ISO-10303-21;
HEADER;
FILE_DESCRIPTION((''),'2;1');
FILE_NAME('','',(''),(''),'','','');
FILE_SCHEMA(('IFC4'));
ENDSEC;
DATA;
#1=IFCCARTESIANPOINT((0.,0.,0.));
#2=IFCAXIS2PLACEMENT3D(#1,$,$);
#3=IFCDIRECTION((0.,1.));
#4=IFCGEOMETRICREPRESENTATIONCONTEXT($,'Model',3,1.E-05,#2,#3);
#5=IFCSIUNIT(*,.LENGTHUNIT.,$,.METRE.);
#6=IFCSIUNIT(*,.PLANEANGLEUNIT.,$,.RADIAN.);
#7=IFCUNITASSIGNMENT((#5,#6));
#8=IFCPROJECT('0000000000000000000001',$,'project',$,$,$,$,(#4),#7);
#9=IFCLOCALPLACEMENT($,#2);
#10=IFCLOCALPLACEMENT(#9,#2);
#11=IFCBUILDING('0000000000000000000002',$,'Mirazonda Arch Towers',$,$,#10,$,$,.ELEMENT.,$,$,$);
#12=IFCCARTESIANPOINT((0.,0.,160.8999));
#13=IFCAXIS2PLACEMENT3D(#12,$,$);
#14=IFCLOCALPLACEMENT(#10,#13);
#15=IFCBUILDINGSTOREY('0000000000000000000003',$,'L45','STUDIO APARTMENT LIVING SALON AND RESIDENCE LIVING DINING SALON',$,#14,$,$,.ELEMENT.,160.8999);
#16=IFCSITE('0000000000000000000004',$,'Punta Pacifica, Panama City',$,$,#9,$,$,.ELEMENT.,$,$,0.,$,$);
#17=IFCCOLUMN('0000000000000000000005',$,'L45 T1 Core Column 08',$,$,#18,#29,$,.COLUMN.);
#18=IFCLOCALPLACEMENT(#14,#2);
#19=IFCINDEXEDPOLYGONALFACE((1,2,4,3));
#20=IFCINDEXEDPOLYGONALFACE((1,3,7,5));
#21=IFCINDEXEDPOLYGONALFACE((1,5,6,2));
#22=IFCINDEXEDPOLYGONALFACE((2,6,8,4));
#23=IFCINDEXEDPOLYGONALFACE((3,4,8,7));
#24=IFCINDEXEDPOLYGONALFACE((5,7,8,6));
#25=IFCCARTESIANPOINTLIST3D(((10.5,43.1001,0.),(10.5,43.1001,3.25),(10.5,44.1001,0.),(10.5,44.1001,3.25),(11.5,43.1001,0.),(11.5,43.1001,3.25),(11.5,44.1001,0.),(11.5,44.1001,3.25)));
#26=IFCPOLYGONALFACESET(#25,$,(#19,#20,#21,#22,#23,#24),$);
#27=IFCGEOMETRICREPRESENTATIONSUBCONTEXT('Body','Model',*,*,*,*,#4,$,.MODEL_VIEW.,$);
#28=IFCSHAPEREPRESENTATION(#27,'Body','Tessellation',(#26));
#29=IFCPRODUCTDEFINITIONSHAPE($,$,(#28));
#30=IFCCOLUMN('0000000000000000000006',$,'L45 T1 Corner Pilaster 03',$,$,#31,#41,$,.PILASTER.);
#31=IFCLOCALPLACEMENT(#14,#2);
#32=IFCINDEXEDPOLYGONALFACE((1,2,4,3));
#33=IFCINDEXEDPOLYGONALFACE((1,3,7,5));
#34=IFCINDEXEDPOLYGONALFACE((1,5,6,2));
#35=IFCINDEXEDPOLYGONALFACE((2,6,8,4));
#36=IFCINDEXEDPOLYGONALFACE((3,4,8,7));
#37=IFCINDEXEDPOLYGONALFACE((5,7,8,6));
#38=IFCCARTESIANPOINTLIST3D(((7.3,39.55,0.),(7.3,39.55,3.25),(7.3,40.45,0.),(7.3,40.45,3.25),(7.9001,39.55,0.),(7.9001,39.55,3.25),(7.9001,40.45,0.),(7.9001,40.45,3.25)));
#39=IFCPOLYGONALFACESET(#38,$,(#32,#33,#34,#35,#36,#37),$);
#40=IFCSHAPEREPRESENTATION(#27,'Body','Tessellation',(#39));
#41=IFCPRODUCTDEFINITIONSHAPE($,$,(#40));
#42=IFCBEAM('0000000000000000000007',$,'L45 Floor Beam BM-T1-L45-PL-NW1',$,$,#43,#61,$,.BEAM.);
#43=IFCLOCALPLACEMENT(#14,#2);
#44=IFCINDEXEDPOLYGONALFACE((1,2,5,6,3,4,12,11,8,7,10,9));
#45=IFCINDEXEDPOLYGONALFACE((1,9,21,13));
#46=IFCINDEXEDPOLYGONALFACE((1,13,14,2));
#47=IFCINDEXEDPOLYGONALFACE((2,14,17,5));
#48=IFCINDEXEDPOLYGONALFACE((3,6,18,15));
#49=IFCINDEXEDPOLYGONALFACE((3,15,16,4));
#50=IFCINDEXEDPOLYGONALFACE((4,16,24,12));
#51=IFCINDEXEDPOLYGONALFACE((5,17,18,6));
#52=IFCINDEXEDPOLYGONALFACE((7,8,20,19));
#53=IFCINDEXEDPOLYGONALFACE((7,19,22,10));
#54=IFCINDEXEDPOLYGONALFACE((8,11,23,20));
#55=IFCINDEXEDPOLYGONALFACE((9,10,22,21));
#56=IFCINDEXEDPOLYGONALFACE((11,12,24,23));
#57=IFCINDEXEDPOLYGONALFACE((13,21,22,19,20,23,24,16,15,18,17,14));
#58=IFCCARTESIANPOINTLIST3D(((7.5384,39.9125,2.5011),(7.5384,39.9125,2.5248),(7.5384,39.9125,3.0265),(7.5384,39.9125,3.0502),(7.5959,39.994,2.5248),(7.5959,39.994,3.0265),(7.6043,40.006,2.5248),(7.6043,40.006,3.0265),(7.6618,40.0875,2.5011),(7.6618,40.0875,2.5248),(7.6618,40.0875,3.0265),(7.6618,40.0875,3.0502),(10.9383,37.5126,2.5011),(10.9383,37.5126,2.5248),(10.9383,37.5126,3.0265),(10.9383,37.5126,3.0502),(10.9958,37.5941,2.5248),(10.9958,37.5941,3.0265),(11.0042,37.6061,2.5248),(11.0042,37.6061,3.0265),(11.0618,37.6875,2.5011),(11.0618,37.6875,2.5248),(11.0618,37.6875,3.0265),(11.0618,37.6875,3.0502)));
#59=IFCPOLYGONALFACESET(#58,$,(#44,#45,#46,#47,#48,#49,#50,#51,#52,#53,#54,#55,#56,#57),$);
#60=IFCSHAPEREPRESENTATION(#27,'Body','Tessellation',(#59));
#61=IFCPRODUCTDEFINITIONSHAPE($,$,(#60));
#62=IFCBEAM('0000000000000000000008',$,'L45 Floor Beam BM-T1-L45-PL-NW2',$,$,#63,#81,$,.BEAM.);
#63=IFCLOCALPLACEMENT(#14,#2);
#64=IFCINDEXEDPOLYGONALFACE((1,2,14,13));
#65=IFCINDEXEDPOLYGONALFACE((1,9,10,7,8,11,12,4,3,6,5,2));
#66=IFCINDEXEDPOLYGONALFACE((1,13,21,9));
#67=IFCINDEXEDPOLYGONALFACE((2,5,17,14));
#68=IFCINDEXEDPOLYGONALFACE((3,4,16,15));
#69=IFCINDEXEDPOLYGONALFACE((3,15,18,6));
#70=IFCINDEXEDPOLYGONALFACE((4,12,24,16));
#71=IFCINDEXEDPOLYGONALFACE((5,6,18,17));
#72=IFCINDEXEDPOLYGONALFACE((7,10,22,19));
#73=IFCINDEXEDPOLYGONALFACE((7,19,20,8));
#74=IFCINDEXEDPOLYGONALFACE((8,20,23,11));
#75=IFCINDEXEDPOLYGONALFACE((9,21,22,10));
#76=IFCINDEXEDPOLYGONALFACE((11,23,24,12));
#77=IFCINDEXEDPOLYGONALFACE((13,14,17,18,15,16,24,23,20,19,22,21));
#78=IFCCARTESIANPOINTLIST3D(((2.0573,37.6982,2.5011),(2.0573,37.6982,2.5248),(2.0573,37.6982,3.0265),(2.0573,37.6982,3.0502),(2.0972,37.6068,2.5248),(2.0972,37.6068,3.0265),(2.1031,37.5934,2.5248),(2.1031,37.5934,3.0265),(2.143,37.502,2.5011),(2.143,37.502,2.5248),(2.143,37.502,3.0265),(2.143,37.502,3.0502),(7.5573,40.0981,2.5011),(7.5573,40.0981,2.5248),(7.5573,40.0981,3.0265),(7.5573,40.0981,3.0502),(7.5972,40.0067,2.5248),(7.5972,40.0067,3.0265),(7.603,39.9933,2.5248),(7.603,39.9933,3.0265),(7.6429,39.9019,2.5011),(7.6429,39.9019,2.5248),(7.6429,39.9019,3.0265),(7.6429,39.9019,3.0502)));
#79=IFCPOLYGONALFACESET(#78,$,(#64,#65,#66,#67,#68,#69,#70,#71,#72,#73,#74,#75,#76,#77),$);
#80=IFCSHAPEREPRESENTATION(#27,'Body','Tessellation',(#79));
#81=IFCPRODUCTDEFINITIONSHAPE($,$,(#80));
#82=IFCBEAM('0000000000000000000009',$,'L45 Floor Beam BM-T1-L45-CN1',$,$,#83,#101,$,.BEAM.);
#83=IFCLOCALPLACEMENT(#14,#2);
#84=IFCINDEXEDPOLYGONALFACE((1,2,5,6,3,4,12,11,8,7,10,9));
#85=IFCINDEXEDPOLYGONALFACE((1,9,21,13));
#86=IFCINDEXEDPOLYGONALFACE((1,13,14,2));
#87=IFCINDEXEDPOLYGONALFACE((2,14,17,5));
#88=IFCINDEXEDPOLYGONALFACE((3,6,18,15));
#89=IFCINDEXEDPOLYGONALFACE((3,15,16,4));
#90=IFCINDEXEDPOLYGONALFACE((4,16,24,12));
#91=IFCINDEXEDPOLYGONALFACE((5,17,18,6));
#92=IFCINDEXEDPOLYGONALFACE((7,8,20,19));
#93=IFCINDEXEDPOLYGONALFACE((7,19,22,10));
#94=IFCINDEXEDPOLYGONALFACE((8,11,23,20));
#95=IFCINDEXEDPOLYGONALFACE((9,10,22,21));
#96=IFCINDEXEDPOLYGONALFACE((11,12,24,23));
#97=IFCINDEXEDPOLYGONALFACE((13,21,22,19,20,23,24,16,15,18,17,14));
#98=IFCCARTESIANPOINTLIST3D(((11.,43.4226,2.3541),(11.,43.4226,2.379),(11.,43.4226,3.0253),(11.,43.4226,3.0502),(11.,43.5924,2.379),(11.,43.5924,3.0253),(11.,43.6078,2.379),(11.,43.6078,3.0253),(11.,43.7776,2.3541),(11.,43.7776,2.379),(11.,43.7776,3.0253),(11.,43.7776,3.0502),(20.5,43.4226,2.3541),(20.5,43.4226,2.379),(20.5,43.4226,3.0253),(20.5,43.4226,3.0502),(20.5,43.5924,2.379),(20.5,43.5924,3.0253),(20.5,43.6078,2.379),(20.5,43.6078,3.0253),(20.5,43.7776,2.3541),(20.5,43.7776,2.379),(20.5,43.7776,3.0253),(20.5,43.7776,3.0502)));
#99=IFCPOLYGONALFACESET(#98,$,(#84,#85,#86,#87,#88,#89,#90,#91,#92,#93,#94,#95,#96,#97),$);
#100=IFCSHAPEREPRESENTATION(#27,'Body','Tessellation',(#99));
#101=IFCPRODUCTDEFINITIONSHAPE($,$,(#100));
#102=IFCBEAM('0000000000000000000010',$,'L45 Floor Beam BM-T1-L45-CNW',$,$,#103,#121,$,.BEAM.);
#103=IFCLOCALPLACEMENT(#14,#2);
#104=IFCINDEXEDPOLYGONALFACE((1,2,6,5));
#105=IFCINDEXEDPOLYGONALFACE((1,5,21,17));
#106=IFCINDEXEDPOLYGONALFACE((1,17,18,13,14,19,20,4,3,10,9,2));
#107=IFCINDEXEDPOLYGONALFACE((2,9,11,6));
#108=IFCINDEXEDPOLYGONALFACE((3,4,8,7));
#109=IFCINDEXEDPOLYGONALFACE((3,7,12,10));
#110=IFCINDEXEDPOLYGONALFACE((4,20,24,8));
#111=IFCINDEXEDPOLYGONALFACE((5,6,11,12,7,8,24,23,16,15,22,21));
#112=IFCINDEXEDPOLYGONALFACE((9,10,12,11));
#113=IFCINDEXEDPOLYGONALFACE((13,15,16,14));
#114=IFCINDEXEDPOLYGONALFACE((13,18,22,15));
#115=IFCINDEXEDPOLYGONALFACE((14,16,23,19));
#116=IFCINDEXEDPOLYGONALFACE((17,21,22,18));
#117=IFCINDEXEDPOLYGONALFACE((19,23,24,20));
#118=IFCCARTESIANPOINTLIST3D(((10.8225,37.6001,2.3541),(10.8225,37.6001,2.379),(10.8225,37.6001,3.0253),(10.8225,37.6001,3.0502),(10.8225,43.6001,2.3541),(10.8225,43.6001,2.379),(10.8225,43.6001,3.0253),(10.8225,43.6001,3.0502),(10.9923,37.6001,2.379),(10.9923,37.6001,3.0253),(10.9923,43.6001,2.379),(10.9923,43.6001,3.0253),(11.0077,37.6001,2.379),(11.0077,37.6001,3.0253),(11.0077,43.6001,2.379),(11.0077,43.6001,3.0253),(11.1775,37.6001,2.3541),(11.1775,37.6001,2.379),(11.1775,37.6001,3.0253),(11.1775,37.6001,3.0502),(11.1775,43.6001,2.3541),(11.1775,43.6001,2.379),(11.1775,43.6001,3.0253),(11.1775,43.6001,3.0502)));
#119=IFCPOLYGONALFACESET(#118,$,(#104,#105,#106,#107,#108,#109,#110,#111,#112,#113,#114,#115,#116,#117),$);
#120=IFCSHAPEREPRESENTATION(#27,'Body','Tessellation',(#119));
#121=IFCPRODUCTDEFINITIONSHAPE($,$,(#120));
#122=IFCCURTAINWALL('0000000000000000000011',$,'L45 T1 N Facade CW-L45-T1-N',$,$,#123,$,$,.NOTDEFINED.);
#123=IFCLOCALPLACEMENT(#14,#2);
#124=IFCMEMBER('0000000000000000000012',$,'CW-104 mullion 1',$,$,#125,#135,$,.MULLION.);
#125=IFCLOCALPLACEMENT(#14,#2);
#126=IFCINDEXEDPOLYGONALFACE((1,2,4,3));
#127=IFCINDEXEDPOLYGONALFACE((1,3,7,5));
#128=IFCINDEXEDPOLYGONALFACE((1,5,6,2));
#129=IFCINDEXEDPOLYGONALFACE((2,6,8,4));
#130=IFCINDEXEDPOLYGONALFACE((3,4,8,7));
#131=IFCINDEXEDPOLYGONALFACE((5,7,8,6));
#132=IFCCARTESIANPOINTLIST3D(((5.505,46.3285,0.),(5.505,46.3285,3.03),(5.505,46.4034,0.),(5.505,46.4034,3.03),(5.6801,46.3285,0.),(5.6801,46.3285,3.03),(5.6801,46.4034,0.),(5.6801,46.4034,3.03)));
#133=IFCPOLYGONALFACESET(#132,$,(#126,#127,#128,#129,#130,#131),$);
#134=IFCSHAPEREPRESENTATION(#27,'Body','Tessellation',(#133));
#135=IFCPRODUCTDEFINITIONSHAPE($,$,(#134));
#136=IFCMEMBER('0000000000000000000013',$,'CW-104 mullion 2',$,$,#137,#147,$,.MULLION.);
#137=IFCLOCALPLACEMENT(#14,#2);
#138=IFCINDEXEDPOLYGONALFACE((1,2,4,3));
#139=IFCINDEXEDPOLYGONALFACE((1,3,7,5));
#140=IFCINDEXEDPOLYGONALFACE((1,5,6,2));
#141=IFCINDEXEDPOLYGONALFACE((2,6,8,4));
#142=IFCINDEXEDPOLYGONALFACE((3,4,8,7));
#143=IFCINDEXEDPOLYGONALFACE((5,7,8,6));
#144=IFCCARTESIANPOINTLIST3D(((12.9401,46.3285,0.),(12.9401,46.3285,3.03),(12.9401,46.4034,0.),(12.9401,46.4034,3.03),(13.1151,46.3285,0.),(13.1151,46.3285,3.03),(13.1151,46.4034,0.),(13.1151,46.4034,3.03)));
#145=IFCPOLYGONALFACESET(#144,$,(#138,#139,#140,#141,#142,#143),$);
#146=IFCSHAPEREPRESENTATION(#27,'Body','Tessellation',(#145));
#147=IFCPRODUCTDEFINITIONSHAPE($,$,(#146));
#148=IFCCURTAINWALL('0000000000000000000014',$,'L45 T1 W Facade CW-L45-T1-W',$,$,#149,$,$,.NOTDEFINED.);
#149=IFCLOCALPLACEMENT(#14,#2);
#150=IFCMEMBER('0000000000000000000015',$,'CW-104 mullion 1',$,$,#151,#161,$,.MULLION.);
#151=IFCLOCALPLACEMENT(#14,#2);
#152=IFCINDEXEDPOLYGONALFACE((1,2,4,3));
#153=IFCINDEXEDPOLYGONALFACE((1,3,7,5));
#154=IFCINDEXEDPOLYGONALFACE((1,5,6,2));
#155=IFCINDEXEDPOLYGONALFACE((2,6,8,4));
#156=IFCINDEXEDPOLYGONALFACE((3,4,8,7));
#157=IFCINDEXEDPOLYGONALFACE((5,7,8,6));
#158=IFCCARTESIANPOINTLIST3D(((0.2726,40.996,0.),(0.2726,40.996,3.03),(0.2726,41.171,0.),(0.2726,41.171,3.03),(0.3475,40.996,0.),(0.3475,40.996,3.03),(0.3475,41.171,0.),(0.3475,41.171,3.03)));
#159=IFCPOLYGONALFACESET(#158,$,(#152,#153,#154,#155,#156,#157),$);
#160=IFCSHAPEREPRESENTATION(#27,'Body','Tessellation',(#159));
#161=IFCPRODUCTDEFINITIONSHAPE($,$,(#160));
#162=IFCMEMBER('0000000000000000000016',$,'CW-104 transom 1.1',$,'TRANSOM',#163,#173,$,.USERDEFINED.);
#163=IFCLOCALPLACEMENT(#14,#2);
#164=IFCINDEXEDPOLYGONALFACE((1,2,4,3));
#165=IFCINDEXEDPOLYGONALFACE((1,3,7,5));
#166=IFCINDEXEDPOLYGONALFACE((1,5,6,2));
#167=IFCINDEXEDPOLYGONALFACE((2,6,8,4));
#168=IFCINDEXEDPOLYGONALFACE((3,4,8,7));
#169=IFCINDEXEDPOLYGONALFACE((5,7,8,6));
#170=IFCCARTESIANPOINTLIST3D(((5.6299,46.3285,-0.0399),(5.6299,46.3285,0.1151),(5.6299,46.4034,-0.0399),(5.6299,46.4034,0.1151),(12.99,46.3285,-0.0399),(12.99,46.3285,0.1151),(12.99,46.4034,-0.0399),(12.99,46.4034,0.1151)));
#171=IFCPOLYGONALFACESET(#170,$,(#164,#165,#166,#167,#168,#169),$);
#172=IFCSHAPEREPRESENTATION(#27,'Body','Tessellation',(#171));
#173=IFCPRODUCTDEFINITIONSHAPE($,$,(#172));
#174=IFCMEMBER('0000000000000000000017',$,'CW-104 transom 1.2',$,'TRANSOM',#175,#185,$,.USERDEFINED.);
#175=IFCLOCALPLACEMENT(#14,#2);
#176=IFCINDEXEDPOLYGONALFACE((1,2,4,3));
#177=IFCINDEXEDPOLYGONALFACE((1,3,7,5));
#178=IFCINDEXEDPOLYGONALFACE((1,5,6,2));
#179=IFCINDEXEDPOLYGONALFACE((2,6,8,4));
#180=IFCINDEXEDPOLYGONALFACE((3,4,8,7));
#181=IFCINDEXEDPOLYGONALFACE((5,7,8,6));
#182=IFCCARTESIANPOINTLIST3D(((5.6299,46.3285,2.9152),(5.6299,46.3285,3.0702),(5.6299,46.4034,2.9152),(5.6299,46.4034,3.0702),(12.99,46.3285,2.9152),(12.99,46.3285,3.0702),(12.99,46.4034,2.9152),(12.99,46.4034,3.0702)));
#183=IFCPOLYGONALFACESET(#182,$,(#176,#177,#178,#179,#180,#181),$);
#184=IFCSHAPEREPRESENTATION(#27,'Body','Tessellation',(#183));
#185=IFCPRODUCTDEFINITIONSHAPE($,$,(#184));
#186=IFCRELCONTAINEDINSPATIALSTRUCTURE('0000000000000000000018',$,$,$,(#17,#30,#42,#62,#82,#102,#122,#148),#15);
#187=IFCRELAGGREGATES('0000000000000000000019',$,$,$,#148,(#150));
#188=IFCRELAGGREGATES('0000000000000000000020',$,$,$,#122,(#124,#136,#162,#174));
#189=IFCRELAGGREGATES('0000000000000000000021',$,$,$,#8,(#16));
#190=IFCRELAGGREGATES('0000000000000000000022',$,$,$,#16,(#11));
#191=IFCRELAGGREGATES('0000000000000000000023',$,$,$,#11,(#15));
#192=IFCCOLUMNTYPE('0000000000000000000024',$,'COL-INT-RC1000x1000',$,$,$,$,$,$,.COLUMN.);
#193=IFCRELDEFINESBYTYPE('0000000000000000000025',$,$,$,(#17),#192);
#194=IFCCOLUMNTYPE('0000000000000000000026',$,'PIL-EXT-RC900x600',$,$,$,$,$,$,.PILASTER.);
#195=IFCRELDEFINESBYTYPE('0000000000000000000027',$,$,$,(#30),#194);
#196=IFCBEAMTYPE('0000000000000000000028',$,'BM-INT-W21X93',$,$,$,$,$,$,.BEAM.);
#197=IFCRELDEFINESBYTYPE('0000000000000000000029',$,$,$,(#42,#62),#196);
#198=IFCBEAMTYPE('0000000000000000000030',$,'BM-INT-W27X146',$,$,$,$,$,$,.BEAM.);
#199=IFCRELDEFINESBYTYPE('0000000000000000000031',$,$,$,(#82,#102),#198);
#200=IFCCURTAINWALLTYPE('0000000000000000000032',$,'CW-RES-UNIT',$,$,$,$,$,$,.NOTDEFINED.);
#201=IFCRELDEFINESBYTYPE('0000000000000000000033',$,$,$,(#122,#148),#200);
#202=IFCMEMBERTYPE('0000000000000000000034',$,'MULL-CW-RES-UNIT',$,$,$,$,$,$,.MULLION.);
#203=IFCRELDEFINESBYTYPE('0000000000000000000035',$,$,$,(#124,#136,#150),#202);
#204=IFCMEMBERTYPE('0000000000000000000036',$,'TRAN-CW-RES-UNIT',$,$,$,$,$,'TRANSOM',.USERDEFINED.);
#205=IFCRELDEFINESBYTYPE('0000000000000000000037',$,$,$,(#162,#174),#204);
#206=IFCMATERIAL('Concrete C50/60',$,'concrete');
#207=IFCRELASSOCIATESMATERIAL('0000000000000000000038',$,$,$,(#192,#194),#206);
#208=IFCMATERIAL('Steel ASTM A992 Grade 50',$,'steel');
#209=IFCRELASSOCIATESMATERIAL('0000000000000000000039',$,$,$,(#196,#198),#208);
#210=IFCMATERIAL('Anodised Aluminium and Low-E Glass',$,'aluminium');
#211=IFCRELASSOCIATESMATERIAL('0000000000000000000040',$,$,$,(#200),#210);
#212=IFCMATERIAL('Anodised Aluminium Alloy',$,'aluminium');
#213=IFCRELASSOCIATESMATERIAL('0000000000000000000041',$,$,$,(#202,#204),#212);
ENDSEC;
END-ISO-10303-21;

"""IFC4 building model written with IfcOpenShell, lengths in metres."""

from ifc_helpers import new_model, si_unit, direction, frame, origin, origin_2d, place, context, subcontext, project, spatial, rectangle, i_section, extrude, material, material_profile, profile_set, type_object, element, aggregate, save


model = new_model("IFC4")

# Units and contexts
model_context = context("Model", 3, precision=1e-05, world=origin(), true_north=direction((0.0, 1.0)))
body_context = subcontext(model_context, "Body", "Model", "MODEL_VIEW")
ifc_project = project(units=[si_unit("LENGTHUNIT", "METRE"), si_unit("PLANEANGLEUNIT", "RADIAN")], contexts=[model_context])

# Site, building, storey
site_placement = place(None, origin())
site = spatial("IfcSite", under=ifc_project, at=site_placement, Name="Punta Pacifica, Panama City", CompositionType="ELEMENT", RefElevation=0.0)
building_placement = place(site_placement, origin())
building = spatial("IfcBuilding", under=site, at=building_placement, Name="Mirazonda Arch Towers", CompositionType="ELEMENT")
storey_placement = place(building_placement, frame((0.0, 0.0, 160.8999)))
storey = spatial("IfcBuildingStorey", under=building, at=storey_placement, Name="L45", Description="STUDIO APARTMENT LIVING SALON AND RESIDENCE LIVING DINING SALON", CompositionType="ELEMENT", Elevation=160.8999)

# Columns
ifc_material_1 = material(Name="Concrete C50/60", Category="concrete")
ifc_material_profile_1 = material_profile(ifc_material_1, rectangle(XDim=1.0, YDim=1.0, at=origin_2d()), Name="RC1000x1000")
ifc_profile_set_1 = profile_set([ifc_material_profile_1], Name="Concrete C50/60")
column_type_1 = type_object("IfcColumnType", Name="COL-INT-RC1000x1000", PredefinedType="COLUMN", material=ifc_profile_set_1)
column_1_placement = place(storey_placement, frame((11.0, 43.6001, 0.0), z_axis=(0.0, 0.0, 1.0), x_axis=(1.0, 0.0, 0.0)))
element("IfcColumn", 1, at=column_1_placement, inside=storey, type_object=column_type_1, Name="L45 T1 Core Column 08", PredefinedType="COLUMN", context=body_context, shape_type="SweptSolid", body=[
    extrude(rectangle(XDim=1.0, YDim=1.0, at=origin_2d()), origin(), (0.0, 0.0, 1.0), 3.25),
])
ifc_material_profile_2 = material_profile(ifc_material_1, rectangle(XDim=0.6001, YDim=0.8999, at=origin_2d()), Name="RC900x600")
ifc_profile_set_2 = profile_set([ifc_material_profile_2], Name="Concrete C50/60")
column_type_2 = type_object("IfcColumnType", Name="PIL-EXT-RC900x600", PredefinedType="PILASTER", material=ifc_profile_set_2)
column_2_placement = place(storey_placement, frame((7.6001, 40.0, 0.0), z_axis=(0.0, 0.0, 1.0), x_axis=(1.0, 0.0, 0.0)))
element("IfcColumn", 2, at=column_2_placement, inside=storey, type_object=column_type_2, Name="L45 T1 Corner Pilaster 03", PredefinedType="PILASTER", context=body_context, shape_type="SweptSolid", body=[
    extrude(rectangle(XDim=0.6001, YDim=0.8999, at=origin_2d()), origin(), (0.0, 0.0, 1.0), 3.25),
])

# Beams
ifc_material_2 = material(Name="Steel ASTM A992 Grade 50", Category="steel")
ifc_material_profile_3 = material_profile(ifc_material_2, i_section(OverallWidth=0.2141, OverallDepth=0.5491, WebThickness=0.0146, FlangeThickness=0.0237, at=origin_2d()), Name="W21X93")
ifc_profile_set_3 = profile_set([ifc_material_profile_3], Name="Steel ASTM A992 Grade 50")
beam_type_1 = type_object("IfcBeamType", Name="BM-INT-W21X93", PredefinedType="BEAM", material=ifc_profile_set_3)
beam_1_placement = place(storey_placement, frame((7.6001, 40.0, 2.7756), z_axis=(0.816971, -0.576679, 0.0), x_axis=(0.576679, 0.816971, 0.0)))
element("IfcBeam", 3, at=beam_1_placement, inside=storey, type_object=beam_type_1, Name="L45 Floor Beam BM-T1-L45-PL-NW1", PredefinedType="BEAM", context=body_context, shape_type="SweptSolid", body=[
    extrude(i_section(OverallWidth=0.2141, OverallDepth=0.5491, WebThickness=0.0146, FlangeThickness=0.0237, at=origin_2d()), origin(), (0.0, 0.0, 1.0), 4.1616),
])
beam_2_placement = place(storey_placement, frame((7.6001, 40.0, 2.7756), z_axis=(-0.916545, -0.399931, 0.0), x_axis=(0.399931, -0.916545, 0.0)))
element("IfcBeam", 4, at=beam_2_placement, inside=storey, type_object=beam_type_1, Name="L45 Floor Beam BM-T1-L45-PL-NW2", PredefinedType="BEAM", context=body_context, shape_type="SweptSolid", body=[
    extrude(i_section(OverallWidth=0.2141, OverallDepth=0.5491, WebThickness=0.0146, FlangeThickness=0.0237, at=origin_2d()), origin(), (0.0, 0.0, 1.0), 6.0007),
])
ifc_material_profile_4 = material_profile(ifc_material_2, i_section(OverallWidth=0.355, OverallDepth=0.696, WebThickness=0.0154, FlangeThickness=0.0249, at=origin_2d()), Name="W27X146")
ifc_profile_set_4 = profile_set([ifc_material_profile_4], Name="Steel ASTM A992 Grade 50")
beam_type_2 = type_object("IfcBeamType", Name="BM-INT-W27X146", PredefinedType="BEAM", material=ifc_profile_set_4)
beam_3_placement = place(storey_placement, frame((11.0, 43.6001, 2.7021), z_axis=(1.0, 0.0, 0.0), x_axis=(0.0, 1.0, 0.0)))
element("IfcBeam", 5, at=beam_3_placement, inside=storey, type_object=beam_type_2, Name="L45 Floor Beam BM-T1-L45-CN1", PredefinedType="BEAM", context=body_context, shape_type="SweptSolid", body=[
    extrude(i_section(OverallWidth=0.355, OverallDepth=0.696, WebThickness=0.0154, FlangeThickness=0.0249, at=origin_2d()), origin(), (0.0, 0.0, 1.0), 9.5),
])
beam_4_placement = place(storey_placement, frame((11.0, 37.6001, 2.7021), z_axis=(0.0, 1.0, 0.0), x_axis=(-1.0, 0.0, 0.0)))
element("IfcBeam", 6, at=beam_4_placement, inside=storey, type_object=beam_type_2, Name="L45 Floor Beam BM-T1-L45-CNW", PredefinedType="BEAM", context=body_context, shape_type="SweptSolid", body=[
    extrude(i_section(OverallWidth=0.355, OverallDepth=0.696, WebThickness=0.0154, FlangeThickness=0.0249, at=origin_2d()), origin(), (0.0, 0.0, 1.0), 6.0),
])

# Curtain wall, members
ifc_material_3 = material(Name="Anodised Aluminium and Low-E Glass", Category="aluminium")
curtain_wall_type = type_object("IfcCurtainWallType", Name="CW-RES-UNIT", PredefinedType="NOTDEFINED", material=ifc_material_3)
curtain_wall_1_placement = place(storey_placement, origin())
curtain_wall_1 = element("IfcCurtainWall", 7, at=curtain_wall_1_placement, inside=storey, type_object=curtain_wall_type, Name="L45 T1 N Facade CW-L45-T1-N", PredefinedType="NOTDEFINED")
ifc_material_4 = material(Name="Anodised Aluminium Alloy", Category="aluminium")
ifc_material_profile_5 = material_profile(ifc_material_4, rectangle(XDim=0.075, YDim=0.175, at=origin_2d()), Name="ALU-MULL-75x175")
ifc_profile_set_5 = profile_set([ifc_material_profile_5], Name="Anodised Aluminium Alloy")
member_type_1 = type_object("IfcMemberType", Name="MULL-CW-RES-UNIT", PredefinedType="MULLION", material=ifc_profile_set_5)
member_1_placement = place(storey_placement, frame((5.5925, 46.366, 0.0), z_axis=(0.0, 0.0, 1.0), x_axis=(0.0, 1.0, 0.0)))
member_1 = element("IfcMember", 8, at=member_1_placement, type_object=member_type_1, Name="CW-104 mullion 1", PredefinedType="MULLION", context=body_context, shape_type="SweptSolid", body=[
    extrude(rectangle(XDim=0.075, YDim=0.175, at=origin_2d()), origin(), (0.0, 0.0, 1.0), 3.03),
])
member_2_placement = place(storey_placement, frame((13.0276, 46.366, 0.0), z_axis=(0.0, 0.0, 1.0), x_axis=(0.0, 1.0, 0.0)))
member_2 = element("IfcMember", 9, at=member_2_placement, type_object=member_type_1, Name="CW-104 mullion 2", PredefinedType="MULLION", context=body_context, shape_type="SweptSolid", body=[
    extrude(rectangle(XDim=0.075, YDim=0.175, at=origin_2d()), origin(), (0.0, 0.0, 1.0), 3.03),
])

# Curtain wall, member
curtain_wall_2_placement = place(storey_placement, origin())
curtain_wall_2 = element("IfcCurtainWall", 10, at=curtain_wall_2_placement, inside=storey, type_object=curtain_wall_type, Name="L45 T1 W Facade CW-L45-T1-W", PredefinedType="NOTDEFINED")
member_3_placement = place(storey_placement, frame((0.3101, 41.0835, 0.0), z_axis=(0.0, 0.0, 1.0), x_axis=(1.0, 0.0, 0.0)))
member_3 = element("IfcMember", 11, at=member_3_placement, type_object=member_type_1, Name="CW-104 mullion 1", PredefinedType="MULLION", context=body_context, shape_type="SweptSolid", body=[
    extrude(rectangle(XDim=0.075, YDim=0.175, at=origin_2d()), origin(), (0.0, 0.0, 1.0), 3.03),
])

# Members
ifc_material_profile_6 = material_profile(ifc_material_4, rectangle(XDim=0.075, YDim=0.155, at=origin_2d()), Name="ALU-TRAN-75x155")
ifc_profile_set_6 = profile_set([ifc_material_profile_6], Name="Anodised Aluminium Alloy")
member_type_2 = type_object("IfcMemberType", Name="TRAN-CW-RES-UNIT", ElementType="TRANSOM", PredefinedType="USERDEFINED", material=ifc_profile_set_6)
member_4_placement = place(storey_placement, frame((5.6299, 46.366, 0.0376), z_axis=(1.0, 0.0, 0.0), x_axis=(0.0, 1.0, 0.0)))
member_4 = element("IfcMember", 12, at=member_4_placement, type_object=member_type_2, Name="CW-104 transom 1.1", ObjectType="TRANSOM", PredefinedType="USERDEFINED", context=body_context, shape_type="SweptSolid", body=[
    extrude(rectangle(XDim=0.075, YDim=0.155, at=origin_2d()), origin(), (0.0, 0.0, 1.0), 7.3601),
])
member_5_placement = place(storey_placement, frame((5.6299, 46.366, 2.9927), z_axis=(1.0, 0.0, 0.0), x_axis=(0.0, 1.0, 0.0)))
member_5 = element("IfcMember", 13, at=member_5_placement, type_object=member_type_2, Name="CW-104 transom 1.2", ObjectType="TRANSOM", PredefinedType="USERDEFINED", context=body_context, shape_type="SweptSolid", body=[
    extrude(rectangle(XDim=0.075, YDim=0.155, at=origin_2d()), origin(), (0.0, 0.0, 1.0), 7.3601),
])
aggregate(curtain_wall_2, [member_3])

aggregate(curtain_wall_1, [member_1, member_2, member_4, member_5])

save(model, "model.ifc")
